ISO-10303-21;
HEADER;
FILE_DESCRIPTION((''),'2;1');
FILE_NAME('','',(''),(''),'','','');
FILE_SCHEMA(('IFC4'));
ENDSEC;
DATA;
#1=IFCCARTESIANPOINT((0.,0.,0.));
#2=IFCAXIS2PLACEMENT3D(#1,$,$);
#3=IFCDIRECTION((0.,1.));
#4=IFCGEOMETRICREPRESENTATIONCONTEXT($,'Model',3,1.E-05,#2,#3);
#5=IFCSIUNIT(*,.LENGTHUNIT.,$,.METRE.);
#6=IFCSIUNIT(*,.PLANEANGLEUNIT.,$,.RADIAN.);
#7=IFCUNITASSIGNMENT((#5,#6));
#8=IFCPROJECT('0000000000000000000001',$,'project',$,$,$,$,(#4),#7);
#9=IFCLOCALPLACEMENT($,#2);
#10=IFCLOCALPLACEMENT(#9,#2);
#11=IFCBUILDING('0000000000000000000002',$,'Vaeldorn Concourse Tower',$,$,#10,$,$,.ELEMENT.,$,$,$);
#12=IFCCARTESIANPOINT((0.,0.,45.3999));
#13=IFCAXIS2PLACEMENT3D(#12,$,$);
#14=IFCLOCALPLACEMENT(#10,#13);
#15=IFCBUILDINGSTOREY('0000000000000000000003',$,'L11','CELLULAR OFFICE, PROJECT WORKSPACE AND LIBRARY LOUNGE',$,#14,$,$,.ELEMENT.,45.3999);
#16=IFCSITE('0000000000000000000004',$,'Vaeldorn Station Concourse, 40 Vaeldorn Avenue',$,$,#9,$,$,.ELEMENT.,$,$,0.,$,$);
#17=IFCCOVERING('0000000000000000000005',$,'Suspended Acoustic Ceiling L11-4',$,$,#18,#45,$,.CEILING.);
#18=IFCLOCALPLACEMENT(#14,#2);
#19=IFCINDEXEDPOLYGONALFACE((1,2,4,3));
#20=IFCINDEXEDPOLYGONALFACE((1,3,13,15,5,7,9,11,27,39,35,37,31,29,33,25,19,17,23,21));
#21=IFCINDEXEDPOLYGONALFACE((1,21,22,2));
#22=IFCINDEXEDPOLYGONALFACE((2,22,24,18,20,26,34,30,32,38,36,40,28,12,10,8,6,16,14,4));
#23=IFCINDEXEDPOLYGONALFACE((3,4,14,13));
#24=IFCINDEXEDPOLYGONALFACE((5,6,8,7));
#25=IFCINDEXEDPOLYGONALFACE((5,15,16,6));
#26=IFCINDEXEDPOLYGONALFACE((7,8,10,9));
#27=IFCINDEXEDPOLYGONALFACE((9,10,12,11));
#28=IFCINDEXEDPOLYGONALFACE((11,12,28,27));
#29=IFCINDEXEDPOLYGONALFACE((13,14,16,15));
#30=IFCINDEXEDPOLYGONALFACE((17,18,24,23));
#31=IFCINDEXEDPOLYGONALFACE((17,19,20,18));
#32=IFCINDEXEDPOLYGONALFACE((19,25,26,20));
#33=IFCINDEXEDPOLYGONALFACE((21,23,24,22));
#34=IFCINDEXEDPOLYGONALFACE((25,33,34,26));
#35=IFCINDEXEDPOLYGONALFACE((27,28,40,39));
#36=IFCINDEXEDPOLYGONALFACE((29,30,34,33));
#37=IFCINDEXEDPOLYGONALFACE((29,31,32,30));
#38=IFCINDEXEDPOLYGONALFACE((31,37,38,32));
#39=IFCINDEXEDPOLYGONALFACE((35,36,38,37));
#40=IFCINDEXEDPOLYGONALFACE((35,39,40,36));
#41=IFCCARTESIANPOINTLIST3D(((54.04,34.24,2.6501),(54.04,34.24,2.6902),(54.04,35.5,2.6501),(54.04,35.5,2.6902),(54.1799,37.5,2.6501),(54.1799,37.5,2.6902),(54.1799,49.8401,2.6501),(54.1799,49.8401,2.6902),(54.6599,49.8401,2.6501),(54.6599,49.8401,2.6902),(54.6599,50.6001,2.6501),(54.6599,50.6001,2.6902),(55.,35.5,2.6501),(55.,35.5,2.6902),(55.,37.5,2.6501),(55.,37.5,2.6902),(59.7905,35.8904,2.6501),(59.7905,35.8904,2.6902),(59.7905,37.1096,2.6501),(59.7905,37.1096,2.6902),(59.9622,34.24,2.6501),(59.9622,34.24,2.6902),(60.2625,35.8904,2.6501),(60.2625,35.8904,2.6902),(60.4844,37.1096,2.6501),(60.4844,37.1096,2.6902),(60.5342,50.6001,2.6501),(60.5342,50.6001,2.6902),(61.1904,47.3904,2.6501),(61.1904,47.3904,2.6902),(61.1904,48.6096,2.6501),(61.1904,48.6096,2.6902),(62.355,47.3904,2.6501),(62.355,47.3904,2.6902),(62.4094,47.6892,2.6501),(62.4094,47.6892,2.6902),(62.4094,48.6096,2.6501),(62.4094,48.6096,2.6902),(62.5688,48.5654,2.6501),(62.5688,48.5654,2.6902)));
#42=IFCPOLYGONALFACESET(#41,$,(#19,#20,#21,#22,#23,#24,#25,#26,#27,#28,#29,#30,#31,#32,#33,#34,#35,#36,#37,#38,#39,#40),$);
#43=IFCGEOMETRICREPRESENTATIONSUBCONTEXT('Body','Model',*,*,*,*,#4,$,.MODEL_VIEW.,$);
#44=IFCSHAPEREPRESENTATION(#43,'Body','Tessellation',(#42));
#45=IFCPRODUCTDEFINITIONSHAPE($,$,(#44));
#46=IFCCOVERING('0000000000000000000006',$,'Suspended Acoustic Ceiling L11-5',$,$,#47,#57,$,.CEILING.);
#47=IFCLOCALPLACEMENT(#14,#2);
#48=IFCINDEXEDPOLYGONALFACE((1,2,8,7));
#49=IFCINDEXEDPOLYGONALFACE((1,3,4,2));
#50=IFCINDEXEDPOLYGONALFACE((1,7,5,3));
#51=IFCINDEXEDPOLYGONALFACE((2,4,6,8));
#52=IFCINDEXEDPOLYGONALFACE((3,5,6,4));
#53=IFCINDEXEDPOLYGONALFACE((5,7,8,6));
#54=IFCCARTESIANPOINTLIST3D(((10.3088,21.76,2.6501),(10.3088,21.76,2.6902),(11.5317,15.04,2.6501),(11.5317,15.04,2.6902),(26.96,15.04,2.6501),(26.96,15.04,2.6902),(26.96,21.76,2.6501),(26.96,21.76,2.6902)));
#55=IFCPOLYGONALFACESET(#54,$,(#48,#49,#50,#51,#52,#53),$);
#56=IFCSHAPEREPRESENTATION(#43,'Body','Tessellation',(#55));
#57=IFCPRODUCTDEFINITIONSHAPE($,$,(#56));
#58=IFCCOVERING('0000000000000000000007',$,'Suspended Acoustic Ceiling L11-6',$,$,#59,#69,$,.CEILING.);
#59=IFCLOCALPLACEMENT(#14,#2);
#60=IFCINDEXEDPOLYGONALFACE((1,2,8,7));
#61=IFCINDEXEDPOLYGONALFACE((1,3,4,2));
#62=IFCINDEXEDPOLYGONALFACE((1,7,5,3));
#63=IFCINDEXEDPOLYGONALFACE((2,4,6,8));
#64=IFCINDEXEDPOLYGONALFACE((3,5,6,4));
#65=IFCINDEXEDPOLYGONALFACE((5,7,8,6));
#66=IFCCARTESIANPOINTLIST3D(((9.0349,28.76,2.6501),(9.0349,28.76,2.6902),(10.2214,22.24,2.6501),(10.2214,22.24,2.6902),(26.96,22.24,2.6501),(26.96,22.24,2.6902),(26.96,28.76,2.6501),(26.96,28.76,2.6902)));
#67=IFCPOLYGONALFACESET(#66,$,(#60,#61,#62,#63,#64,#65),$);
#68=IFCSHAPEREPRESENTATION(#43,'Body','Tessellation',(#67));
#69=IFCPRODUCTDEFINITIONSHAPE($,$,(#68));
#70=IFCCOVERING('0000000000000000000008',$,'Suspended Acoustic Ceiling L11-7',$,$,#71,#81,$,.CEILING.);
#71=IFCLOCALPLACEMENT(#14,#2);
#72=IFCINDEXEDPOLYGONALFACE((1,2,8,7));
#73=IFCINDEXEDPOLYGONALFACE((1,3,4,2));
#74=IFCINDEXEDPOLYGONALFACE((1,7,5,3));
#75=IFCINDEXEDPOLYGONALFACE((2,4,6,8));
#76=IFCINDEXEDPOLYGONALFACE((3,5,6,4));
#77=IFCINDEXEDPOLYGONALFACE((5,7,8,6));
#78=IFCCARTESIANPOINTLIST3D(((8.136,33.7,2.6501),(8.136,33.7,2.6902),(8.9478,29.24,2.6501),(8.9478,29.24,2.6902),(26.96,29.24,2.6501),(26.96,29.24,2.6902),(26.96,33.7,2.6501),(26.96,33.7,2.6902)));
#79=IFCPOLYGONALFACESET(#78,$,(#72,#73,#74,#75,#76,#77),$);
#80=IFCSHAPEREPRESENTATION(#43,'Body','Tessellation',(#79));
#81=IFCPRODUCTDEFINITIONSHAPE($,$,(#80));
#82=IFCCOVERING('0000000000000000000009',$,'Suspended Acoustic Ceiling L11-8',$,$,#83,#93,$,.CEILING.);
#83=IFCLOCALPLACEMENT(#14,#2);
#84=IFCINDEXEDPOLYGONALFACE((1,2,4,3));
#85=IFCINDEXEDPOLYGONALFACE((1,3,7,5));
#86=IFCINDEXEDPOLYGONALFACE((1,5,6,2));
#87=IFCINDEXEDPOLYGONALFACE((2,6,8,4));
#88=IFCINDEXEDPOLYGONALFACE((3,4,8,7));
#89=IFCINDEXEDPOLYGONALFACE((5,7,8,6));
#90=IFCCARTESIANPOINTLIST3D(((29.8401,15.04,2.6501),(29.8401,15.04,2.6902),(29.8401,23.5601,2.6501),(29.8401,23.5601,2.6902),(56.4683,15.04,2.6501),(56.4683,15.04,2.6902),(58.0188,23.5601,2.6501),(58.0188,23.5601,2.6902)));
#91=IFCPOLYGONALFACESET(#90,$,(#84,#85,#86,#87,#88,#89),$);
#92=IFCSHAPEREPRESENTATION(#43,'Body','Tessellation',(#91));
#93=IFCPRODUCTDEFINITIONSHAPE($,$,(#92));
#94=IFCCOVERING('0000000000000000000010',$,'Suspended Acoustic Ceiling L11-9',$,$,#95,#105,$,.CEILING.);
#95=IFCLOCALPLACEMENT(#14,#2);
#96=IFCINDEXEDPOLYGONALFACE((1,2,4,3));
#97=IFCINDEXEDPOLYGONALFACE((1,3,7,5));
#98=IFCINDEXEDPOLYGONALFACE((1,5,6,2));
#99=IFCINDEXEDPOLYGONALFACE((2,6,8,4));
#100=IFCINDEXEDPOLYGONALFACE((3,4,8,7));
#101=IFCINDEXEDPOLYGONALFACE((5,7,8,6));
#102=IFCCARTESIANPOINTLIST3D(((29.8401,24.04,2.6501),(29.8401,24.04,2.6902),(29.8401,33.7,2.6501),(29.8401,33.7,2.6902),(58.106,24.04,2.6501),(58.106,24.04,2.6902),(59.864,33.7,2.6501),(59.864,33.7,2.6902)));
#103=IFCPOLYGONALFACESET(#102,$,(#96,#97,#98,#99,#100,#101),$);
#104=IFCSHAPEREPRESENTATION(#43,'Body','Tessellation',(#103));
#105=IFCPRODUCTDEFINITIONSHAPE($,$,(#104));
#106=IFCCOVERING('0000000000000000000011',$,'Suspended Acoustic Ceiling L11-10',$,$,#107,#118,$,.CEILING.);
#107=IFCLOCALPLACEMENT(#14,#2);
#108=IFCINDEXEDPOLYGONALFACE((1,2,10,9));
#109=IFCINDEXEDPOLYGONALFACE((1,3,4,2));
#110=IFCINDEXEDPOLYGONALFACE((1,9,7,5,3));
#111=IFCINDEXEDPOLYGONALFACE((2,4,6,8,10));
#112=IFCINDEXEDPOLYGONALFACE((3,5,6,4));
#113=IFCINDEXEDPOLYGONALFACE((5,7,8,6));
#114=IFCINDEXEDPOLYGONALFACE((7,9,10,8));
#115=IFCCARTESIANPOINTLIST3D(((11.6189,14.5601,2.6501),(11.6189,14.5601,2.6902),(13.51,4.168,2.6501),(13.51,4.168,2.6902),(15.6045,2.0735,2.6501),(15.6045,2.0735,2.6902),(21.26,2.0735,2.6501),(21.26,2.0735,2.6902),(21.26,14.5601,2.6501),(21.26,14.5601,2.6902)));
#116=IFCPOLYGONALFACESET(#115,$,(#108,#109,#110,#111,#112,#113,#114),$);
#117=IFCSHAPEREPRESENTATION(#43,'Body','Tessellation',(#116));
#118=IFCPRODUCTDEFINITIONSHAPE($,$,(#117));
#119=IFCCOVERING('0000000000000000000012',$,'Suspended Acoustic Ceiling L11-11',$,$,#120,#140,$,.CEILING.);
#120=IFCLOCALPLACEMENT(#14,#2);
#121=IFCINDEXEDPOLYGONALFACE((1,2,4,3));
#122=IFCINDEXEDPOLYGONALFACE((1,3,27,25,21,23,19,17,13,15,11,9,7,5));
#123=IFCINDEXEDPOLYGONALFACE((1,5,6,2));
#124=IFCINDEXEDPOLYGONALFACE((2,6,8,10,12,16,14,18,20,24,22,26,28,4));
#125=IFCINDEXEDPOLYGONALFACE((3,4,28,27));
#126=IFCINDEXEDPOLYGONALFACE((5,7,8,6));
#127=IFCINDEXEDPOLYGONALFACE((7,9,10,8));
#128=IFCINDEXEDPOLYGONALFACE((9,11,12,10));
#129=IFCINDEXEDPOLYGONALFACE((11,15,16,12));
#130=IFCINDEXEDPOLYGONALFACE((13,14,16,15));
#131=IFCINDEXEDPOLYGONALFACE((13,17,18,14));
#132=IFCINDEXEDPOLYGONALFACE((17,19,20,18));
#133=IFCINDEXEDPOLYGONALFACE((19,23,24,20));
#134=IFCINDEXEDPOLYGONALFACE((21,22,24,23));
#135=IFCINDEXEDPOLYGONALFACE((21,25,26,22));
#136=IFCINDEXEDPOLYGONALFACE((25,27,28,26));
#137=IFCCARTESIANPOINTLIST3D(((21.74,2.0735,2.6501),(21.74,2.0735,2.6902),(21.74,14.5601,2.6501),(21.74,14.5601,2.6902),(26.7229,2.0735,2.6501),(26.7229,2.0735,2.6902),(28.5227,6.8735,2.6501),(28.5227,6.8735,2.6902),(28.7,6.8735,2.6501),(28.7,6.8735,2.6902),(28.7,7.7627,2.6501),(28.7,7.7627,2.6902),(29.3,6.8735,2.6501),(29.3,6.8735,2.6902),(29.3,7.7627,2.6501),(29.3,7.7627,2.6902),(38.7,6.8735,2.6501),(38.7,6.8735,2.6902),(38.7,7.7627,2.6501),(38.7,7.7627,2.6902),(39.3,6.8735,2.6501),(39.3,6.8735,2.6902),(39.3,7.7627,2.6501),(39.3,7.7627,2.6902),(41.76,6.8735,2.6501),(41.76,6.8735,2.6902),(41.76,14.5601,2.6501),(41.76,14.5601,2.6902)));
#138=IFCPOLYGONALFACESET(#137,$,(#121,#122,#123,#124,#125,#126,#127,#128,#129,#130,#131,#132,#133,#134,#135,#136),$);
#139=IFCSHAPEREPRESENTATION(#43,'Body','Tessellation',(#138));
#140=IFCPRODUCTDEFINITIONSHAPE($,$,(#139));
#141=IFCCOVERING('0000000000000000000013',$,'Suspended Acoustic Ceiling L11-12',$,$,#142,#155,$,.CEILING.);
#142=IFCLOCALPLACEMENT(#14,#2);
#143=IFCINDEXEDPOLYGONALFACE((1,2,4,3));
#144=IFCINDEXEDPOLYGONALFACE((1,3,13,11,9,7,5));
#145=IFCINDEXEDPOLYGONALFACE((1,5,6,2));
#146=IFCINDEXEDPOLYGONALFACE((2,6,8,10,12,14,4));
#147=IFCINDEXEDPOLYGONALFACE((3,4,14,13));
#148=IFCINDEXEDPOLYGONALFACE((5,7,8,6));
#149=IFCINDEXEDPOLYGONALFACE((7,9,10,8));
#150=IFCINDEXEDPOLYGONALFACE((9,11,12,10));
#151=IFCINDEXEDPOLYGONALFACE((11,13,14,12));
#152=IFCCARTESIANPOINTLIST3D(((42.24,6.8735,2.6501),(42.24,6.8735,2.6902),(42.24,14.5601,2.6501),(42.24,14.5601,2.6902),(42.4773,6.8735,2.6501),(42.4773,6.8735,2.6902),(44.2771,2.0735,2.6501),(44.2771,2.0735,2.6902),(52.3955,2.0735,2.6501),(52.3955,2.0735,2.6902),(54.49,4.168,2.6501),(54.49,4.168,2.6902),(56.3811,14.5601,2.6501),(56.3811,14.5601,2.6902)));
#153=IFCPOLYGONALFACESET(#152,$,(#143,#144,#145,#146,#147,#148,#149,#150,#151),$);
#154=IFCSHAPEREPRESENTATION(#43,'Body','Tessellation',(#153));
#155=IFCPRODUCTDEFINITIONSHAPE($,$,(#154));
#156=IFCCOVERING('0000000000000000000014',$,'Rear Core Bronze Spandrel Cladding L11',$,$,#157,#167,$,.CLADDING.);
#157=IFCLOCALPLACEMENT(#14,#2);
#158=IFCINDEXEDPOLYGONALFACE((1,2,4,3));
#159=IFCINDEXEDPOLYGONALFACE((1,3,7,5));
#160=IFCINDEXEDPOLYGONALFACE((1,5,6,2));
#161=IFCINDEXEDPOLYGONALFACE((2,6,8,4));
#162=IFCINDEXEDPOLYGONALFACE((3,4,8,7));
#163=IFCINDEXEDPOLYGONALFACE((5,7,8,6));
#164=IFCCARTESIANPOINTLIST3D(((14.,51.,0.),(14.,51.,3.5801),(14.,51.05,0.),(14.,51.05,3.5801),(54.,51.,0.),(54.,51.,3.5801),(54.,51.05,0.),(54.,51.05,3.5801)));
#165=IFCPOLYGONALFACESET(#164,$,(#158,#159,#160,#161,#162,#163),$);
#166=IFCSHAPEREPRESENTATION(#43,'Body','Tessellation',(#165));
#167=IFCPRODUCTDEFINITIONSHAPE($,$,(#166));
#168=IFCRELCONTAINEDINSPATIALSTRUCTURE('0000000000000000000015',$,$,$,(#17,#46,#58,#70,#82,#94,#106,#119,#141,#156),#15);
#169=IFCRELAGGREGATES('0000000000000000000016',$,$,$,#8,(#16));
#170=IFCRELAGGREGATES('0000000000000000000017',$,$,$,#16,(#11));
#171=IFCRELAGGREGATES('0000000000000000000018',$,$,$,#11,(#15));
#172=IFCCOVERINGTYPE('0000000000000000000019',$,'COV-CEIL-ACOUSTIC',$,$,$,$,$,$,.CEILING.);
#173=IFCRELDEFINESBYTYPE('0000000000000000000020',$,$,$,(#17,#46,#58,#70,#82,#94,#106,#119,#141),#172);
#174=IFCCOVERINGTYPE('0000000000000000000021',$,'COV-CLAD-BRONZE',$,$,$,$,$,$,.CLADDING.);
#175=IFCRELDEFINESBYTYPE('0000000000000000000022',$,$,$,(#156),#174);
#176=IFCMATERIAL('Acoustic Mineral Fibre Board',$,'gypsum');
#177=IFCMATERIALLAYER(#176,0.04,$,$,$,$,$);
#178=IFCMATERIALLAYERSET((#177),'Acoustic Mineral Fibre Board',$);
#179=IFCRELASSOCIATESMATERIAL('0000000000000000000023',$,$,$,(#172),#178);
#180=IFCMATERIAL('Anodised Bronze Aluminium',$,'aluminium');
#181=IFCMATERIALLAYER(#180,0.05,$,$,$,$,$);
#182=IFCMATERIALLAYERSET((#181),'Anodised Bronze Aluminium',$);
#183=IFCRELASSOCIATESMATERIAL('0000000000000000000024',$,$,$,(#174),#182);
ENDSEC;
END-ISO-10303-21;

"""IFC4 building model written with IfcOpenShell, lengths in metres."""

from ifc_helpers import new_model, si_unit, direction, frame, origin, place, context, subcontext, project, spatial, polyline, outline, extrude, material, layer, layer_set, type_object, element, save


model = new_model("IFC4")

# Units and contexts
model_context = context("Model", 3, precision=1e-05, world=origin(), true_north=direction((0.0, 1.0)))
body_context = subcontext(model_context, "Body", "Model", "MODEL_VIEW")
ifc_project = project(units=[si_unit("LENGTHUNIT", "METRE"), si_unit("PLANEANGLEUNIT", "RADIAN")], contexts=[model_context])

# Site, building, storey
site_placement = place(None, origin())
site = spatial("IfcSite", under=ifc_project, at=site_placement, Name="Vaeldorn Station Concourse, 40 Vaeldorn Avenue", CompositionType="ELEMENT", RefElevation=0.0)
building_placement = place(site_placement, origin())
building = spatial("IfcBuilding", under=site, at=building_placement, Name="Vaeldorn Concourse Tower", CompositionType="ELEMENT")
storey_placement = place(building_placement, frame((0.0, 0.0, 45.3999)))
storey = spatial("IfcBuildingStorey", under=building, at=storey_placement, Name="L11", Description="CELLULAR OFFICE, PROJECT WORKSPACE AND LIBRARY LOUNGE", CompositionType="ELEMENT", Elevation=45.3999)

# Shared definitions
ifc_material_1 = material(Name="Anodised Bronze Aluminium", Category="aluminium")

# Coverings
ifc_material_2 = material(Name="Acoustic Mineral Fibre Board", Category="gypsum")
ifc_layer_1 = layer(ifc_material_2, 0.04)
ifc_layer_set_1 = layer_set([ifc_layer_1], Name="Acoustic Mineral Fibre Board")
covering_type_1 = type_object("IfcCoveringType", Name="COV-CEIL-ACOUSTIC", PredefinedType="CEILING", material=ifc_layer_set_1)
covering_1_placement = place(storey_placement, frame((0.0, 0.0, 2.6501)))
element("IfcCovering", 1, at=covering_1_placement, inside=storey, type_object=covering_type_1, Name="Suspended Acoustic Ceiling L11-4", PredefinedType="CEILING", context=body_context, shape_type="SweptSolid", body=[
    extrude(outline(polyline([(54.1799, 49.8401), (54.6599, 49.8401), (54.6599, 50.6001), (60.5342, 50.6001), (62.5688, 48.5654), (62.4094, 47.6892), (62.4094, 48.6096), (61.1904, 48.6096), (61.1904, 47.3904), (62.355, 47.3904), (60.4844, 37.1096), (59.7905, 37.1096), (59.7905, 35.8904), (60.2625, 35.8904), (59.9622, 34.24), (54.04, 34.24), (54.04, 35.5), (55.0, 35.5), (55.0, 37.5), (54.1799, 37.5), (54.1799, 49.8401)])), origin(), (0.0, 0.0, 1.0), 0.04),
])
covering_2_placement = place(storey_placement, frame((0.0, 0.0, 2.6501)))
element("IfcCovering", 2, at=covering_2_placement, inside=storey, type_object=covering_type_1, Name="Suspended Acoustic Ceiling L11-5", PredefinedType="CEILING", context=body_context, shape_type="SweptSolid", body=[
    extrude(outline(polyline([(26.96, 21.76), (26.96, 15.04), (11.5317, 15.04), (10.3088, 21.76), (26.96, 21.76)])), origin(), (0.0, 0.0, 1.0), 0.04),
])
covering_3_placement = place(storey_placement, frame((0.0, 0.0, 2.6501)))
element("IfcCovering", 3, at=covering_3_placement, inside=storey, type_object=covering_type_1, Name="Suspended Acoustic Ceiling L11-6", PredefinedType="CEILING", context=body_context, shape_type="SweptSolid", body=[
    extrude(outline(polyline([(26.96, 28.76), (26.96, 22.24), (10.2214, 22.24), (9.0349, 28.76), (26.96, 28.76)])), origin(), (0.0, 0.0, 1.0), 0.04),
])
covering_4_placement = place(storey_placement, frame((0.0, 0.0, 2.6501)))
element("IfcCovering", 4, at=covering_4_placement, inside=storey, type_object=covering_type_1, Name="Suspended Acoustic Ceiling L11-7", PredefinedType="CEILING", context=body_context, shape_type="SweptSolid", body=[
    extrude(outline(polyline([(26.96, 33.7), (26.96, 29.24), (8.9478, 29.24), (8.136, 33.7), (26.96, 33.7)])), origin(), (0.0, 0.0, 1.0), 0.04),
])
covering_5_placement = place(storey_placement, frame((0.0, 0.0, 2.6501)))
element("IfcCovering", 5, at=covering_5_placement, inside=storey, type_object=covering_type_1, Name="Suspended Acoustic Ceiling L11-8", PredefinedType="CEILING", context=body_context, shape_type="SweptSolid", body=[
    extrude(outline(polyline([(29.8401, 15.04), (29.8401, 23.5601), (58.0188, 23.5601), (56.4683, 15.04), (29.8401, 15.04)])), origin(), (0.0, 0.0, 1.0), 0.04),
])
covering_6_placement = place(storey_placement, frame((0.0, 0.0, 2.6501)))
element("IfcCovering", 6, at=covering_6_placement, inside=storey, type_object=covering_type_1, Name="Suspended Acoustic Ceiling L11-9", PredefinedType="CEILING", context=body_context, shape_type="SweptSolid", body=[
    extrude(outline(polyline([(29.8401, 24.04), (29.8401, 33.7), (59.864, 33.7), (58.106, 24.04), (29.8401, 24.04)])), origin(), (0.0, 0.0, 1.0), 0.04),
])
covering_7_placement = place(storey_placement, frame((0.0, 0.0, 2.6501)))
element("IfcCovering", 7, at=covering_7_placement, inside=storey, type_object=covering_type_1, Name="Suspended Acoustic Ceiling L11-10", PredefinedType="CEILING", context=body_context, shape_type="SweptSolid", body=[
    extrude(outline(polyline([(21.26, 14.5601), (21.26, 2.0735), (15.6045, 2.0735), (13.51, 4.168), (11.6189, 14.5601), (21.26, 14.5601)])), origin(), (0.0, 0.0, 1.0), 0.04),
])
covering_8_placement = place(storey_placement, frame((0.0, 0.0, 2.6501)))
element("IfcCovering", 8, at=covering_8_placement, inside=storey, type_object=covering_type_1, Name="Suspended Acoustic Ceiling L11-11", PredefinedType="CEILING", context=body_context, shape_type="SweptSolid", body=[
    extrude(outline(polyline([(26.7229, 2.0735), (21.74, 2.0735), (21.74, 14.5601), (41.76, 14.5601), (41.76, 6.8735), (39.3, 6.8735), (39.3, 7.7627), (38.7, 7.7627), (38.7, 6.8735), (29.3, 6.8735), (29.3, 7.7627), (28.7, 7.7627), (28.7, 6.8735), (28.5227, 6.8735), (26.7229, 2.0735)])), origin(), (0.0, 0.0, 1.0), 0.04),
])
covering_9_placement = place(storey_placement, frame((0.0, 0.0, 2.6501)))
element("IfcCovering", 9, at=covering_9_placement, inside=storey, type_object=covering_type_1, Name="Suspended Acoustic Ceiling L11-12", PredefinedType="CEILING", context=body_context, shape_type="SweptSolid", body=[
    extrude(outline(polyline([(42.24, 14.5601), (56.3811, 14.5601), (54.49, 4.168), (52.3955, 2.0735), (44.2771, 2.0735), (42.4773, 6.8735), (42.24, 6.8735), (42.24, 14.5601)])), origin(), (0.0, 0.0, 1.0), 0.04),
])
ifc_layer_2 = layer(ifc_material_1, 0.05)
ifc_layer_set_2 = layer_set([ifc_layer_2], Name="Anodised Bronze Aluminium")
covering_type_2 = type_object("IfcCoveringType", Name="COV-CLAD-BRONZE", PredefinedType="CLADDING", material=ifc_layer_set_2)
covering_10_placement = place(storey_placement, origin())
element("IfcCovering", 10, at=covering_10_placement, inside=storey, type_object=covering_type_2, Name="Rear Core Bronze Spandrel Cladding L11", PredefinedType="CLADDING", context=body_context, shape_type="SweptSolid", body=[
    extrude(outline(polyline([(14.0, 51.0), (54.0, 51.0), (54.0, 51.05), (14.0, 51.05), (14.0, 51.0)])), origin(), (0.0, 0.0, 1.0), 3.5801),
])

save(model, "model.ifc")
